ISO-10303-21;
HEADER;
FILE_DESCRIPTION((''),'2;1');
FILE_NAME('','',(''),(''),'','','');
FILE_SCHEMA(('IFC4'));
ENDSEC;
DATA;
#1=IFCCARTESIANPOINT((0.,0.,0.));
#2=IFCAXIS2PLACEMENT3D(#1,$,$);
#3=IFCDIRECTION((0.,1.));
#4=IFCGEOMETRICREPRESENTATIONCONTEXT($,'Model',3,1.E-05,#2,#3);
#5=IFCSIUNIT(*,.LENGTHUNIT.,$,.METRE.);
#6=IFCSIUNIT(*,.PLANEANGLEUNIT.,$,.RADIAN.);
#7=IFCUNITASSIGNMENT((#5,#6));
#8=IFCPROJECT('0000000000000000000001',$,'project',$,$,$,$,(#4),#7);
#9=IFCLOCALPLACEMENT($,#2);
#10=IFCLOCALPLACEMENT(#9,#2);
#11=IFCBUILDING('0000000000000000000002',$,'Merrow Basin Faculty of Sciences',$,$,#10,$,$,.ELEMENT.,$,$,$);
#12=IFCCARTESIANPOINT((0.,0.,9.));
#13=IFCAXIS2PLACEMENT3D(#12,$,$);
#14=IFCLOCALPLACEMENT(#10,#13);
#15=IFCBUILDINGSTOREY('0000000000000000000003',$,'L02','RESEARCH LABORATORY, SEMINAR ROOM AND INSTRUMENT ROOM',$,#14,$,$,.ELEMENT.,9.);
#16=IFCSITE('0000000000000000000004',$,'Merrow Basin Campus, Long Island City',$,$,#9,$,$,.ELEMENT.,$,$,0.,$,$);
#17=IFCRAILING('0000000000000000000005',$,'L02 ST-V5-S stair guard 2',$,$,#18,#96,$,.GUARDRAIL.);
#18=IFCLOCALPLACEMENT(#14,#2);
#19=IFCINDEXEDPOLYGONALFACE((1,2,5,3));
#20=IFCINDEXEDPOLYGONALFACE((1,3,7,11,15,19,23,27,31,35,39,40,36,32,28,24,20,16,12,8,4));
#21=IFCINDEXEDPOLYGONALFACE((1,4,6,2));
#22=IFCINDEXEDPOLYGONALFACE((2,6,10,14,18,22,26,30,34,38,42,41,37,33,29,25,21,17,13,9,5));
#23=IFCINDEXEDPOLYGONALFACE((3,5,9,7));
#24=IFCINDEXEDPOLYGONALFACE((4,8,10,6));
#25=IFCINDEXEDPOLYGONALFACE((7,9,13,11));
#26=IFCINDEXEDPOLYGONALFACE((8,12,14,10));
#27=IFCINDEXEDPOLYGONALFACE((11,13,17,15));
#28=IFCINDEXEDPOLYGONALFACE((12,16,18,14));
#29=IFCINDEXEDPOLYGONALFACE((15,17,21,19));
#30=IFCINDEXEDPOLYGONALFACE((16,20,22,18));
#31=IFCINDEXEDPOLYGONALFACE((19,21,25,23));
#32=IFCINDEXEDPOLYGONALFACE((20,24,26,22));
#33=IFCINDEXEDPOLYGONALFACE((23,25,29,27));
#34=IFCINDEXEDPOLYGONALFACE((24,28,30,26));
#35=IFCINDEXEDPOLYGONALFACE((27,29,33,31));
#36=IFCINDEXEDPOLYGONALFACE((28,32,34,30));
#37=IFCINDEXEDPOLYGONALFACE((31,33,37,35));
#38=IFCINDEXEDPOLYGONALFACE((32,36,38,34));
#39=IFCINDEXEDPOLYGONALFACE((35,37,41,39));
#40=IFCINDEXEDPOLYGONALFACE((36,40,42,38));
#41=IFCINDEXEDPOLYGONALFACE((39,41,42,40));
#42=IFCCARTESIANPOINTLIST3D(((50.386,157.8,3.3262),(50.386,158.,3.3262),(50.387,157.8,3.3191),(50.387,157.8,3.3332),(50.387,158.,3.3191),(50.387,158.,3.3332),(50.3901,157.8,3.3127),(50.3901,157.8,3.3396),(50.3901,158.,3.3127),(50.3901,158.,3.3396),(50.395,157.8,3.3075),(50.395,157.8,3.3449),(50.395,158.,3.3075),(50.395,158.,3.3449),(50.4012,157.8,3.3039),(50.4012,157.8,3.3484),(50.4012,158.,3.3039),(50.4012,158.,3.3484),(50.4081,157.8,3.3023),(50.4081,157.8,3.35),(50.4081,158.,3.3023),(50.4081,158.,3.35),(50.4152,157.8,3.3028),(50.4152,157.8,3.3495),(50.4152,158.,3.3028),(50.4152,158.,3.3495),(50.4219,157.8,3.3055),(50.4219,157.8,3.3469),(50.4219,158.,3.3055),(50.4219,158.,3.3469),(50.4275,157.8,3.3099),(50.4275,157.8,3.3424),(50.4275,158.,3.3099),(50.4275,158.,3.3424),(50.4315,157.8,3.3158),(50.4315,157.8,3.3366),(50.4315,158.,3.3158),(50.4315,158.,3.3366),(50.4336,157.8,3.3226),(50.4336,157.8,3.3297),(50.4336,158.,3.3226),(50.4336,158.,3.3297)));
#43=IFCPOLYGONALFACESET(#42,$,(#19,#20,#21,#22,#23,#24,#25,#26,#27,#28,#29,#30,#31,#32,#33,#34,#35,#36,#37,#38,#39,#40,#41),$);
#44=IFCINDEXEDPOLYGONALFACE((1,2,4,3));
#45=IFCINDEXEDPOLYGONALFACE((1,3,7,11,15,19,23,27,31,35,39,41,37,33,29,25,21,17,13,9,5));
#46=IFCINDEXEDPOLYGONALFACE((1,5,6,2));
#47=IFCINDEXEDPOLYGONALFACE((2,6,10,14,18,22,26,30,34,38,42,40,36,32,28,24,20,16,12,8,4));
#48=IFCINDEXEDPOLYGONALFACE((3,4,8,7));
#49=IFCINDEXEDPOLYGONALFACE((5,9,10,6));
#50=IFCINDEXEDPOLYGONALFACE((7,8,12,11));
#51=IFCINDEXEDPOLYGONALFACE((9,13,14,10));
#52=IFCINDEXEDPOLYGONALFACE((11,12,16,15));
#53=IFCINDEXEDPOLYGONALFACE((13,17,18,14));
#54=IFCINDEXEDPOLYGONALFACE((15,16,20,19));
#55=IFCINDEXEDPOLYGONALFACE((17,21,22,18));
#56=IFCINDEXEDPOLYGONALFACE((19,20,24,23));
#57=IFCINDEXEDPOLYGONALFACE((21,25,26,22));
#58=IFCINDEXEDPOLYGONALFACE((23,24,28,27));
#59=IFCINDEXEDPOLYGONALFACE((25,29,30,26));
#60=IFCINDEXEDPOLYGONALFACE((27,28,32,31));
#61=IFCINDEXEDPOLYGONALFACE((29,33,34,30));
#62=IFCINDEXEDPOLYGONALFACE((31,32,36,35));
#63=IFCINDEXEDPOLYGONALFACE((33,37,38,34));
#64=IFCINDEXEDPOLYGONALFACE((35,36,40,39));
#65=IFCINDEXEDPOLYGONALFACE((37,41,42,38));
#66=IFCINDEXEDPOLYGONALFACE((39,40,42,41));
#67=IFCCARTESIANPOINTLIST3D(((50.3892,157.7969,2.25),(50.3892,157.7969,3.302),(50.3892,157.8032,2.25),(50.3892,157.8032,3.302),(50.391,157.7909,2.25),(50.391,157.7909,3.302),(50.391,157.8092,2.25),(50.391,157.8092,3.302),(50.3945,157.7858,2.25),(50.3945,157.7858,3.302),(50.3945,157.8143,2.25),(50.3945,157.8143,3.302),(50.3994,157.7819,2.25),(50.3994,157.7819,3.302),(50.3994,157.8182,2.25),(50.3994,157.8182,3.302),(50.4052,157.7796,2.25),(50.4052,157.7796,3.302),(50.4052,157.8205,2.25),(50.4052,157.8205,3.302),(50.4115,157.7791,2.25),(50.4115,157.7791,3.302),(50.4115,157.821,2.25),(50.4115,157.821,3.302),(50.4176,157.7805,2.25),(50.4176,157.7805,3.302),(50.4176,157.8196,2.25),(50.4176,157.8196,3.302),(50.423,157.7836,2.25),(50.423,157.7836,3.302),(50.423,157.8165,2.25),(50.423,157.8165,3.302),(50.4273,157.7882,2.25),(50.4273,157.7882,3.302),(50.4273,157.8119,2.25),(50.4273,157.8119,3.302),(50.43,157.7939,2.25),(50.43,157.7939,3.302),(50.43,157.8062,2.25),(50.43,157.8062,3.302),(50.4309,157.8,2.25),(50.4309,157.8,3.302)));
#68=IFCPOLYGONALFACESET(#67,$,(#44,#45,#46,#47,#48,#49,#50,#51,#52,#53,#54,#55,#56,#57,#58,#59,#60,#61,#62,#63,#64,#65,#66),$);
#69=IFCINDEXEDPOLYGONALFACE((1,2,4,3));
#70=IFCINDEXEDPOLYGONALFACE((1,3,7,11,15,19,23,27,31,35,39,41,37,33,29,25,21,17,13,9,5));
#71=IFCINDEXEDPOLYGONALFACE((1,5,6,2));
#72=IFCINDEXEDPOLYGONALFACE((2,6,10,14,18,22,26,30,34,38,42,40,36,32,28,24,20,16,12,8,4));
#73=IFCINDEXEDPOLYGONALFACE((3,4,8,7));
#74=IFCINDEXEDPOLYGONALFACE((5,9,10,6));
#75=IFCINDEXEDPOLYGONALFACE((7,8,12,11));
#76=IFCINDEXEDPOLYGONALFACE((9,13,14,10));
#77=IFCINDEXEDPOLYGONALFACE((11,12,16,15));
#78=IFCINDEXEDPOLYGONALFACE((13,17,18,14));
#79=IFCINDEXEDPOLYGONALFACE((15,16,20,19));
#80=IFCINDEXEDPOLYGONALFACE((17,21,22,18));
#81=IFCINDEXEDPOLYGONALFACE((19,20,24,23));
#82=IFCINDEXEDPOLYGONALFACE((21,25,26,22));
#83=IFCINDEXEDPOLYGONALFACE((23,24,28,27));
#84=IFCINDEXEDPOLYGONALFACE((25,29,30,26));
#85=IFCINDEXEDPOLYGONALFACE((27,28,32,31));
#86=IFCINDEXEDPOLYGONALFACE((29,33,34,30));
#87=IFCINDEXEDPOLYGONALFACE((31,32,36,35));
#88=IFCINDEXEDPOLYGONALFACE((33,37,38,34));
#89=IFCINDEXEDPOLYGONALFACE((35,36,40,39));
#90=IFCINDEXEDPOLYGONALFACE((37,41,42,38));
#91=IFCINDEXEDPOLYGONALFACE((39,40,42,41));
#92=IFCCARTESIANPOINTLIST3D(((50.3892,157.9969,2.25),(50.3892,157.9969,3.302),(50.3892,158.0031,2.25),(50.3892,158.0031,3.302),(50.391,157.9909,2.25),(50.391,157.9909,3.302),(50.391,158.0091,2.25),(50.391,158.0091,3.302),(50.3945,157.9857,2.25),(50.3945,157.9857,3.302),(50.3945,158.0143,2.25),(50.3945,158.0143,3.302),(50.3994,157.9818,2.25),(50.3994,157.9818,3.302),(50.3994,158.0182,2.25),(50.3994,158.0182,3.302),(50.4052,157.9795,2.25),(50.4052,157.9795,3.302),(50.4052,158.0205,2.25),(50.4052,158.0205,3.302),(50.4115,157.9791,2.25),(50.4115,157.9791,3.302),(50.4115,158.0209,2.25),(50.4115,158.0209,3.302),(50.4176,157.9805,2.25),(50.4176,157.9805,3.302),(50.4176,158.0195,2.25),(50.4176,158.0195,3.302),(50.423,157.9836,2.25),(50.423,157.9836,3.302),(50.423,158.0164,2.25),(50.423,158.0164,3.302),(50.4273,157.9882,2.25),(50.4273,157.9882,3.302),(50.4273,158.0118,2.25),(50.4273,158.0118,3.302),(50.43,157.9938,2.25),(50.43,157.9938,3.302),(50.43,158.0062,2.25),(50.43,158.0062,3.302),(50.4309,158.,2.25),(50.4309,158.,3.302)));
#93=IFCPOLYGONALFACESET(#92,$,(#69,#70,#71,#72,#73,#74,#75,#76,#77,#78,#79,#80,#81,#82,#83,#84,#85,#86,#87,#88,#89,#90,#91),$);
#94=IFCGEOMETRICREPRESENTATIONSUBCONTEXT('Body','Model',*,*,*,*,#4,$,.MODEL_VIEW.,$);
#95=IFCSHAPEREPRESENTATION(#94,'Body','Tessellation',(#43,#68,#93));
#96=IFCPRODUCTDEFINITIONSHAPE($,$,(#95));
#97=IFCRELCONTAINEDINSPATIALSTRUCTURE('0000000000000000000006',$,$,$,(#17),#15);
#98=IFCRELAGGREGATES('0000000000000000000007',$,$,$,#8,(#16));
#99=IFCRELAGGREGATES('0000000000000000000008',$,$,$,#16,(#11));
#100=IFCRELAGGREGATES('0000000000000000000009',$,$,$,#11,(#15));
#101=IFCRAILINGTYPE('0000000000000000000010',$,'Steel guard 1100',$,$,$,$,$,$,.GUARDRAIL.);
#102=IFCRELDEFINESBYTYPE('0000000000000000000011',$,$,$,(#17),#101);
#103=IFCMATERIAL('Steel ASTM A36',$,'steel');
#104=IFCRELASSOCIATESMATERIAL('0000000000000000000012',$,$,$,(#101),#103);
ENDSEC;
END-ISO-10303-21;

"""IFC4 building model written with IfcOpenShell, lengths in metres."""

from ifc_helpers import new_model, si_unit, direction, frame, origin, origin_2d, place, context, subcontext, project, spatial, circle, extrude, material, type_object, element, save


model = new_model("IFC4")

# Units and contexts
model_context = context("Model", 3, precision=1e-05, world=origin(), true_north=direction((0.0, 1.0)))
body_context = subcontext(model_context, "Body", "Model", "MODEL_VIEW")
ifc_project = project(units=[si_unit("LENGTHUNIT", "METRE"), si_unit("PLANEANGLEUNIT", "RADIAN")], contexts=[model_context])

# Site, building, storey
site_placement = place(None, origin())
site = spatial("IfcSite", under=ifc_project, at=site_placement, Name="Merrow Basin Campus, Long Island City", CompositionType="ELEMENT", RefElevation=0.0)
building_placement = place(site_placement, origin())
building = spatial("IfcBuilding", under=site, at=building_placement, Name="Merrow Basin Faculty of Sciences", CompositionType="ELEMENT")
storey_placement = place(building_placement, frame((0.0, 0.0, 9.0)))
storey = spatial("IfcBuildingStorey", under=building, at=storey_placement, Name="L02", Description="RESEARCH LABORATORY, SEMINAR ROOM AND INSTRUMENT ROOM", CompositionType="ELEMENT", Elevation=9.0)

# Railing
ifc_material_1 = material(Name="Steel ASTM A36", Category="steel")
railing_type_1 = type_object("IfcRailingType", Name="Steel guard 1100", PredefinedType="GUARDRAIL", material=ifc_material_1)
railing_1_placement = place(storey_placement, frame((50.4099, 157.8, 2.25)))
element("IfcRailing", 1, at=railing_1_placement, inside=storey, type_object=railing_type_1, Name="L02 ST-V5-S stair guard 2", PredefinedType="GUARDRAIL", context=body_context, shape_type="SweptSolid", body=[
    extrude(circle(Radius=0.0239, at=origin_2d()), frame((0.0, 0.0, 1.0762), z_axis=(0.0, 1.0, 0.0), x_axis=(-1.0, 0.0, 0.0)), (0.0, 0.0, 1.0), 0.2),
    extrude(circle(Radius=0.021, at=origin_2d()), origin(), (0.0, 0.0, 1.0), 1.052),
    extrude(circle(Radius=0.021, at=origin_2d()), frame((0.0, 0.2, 0.0)), (0.0, 0.0, 1.0), 1.052),
])

save(model, "model.ifc")
